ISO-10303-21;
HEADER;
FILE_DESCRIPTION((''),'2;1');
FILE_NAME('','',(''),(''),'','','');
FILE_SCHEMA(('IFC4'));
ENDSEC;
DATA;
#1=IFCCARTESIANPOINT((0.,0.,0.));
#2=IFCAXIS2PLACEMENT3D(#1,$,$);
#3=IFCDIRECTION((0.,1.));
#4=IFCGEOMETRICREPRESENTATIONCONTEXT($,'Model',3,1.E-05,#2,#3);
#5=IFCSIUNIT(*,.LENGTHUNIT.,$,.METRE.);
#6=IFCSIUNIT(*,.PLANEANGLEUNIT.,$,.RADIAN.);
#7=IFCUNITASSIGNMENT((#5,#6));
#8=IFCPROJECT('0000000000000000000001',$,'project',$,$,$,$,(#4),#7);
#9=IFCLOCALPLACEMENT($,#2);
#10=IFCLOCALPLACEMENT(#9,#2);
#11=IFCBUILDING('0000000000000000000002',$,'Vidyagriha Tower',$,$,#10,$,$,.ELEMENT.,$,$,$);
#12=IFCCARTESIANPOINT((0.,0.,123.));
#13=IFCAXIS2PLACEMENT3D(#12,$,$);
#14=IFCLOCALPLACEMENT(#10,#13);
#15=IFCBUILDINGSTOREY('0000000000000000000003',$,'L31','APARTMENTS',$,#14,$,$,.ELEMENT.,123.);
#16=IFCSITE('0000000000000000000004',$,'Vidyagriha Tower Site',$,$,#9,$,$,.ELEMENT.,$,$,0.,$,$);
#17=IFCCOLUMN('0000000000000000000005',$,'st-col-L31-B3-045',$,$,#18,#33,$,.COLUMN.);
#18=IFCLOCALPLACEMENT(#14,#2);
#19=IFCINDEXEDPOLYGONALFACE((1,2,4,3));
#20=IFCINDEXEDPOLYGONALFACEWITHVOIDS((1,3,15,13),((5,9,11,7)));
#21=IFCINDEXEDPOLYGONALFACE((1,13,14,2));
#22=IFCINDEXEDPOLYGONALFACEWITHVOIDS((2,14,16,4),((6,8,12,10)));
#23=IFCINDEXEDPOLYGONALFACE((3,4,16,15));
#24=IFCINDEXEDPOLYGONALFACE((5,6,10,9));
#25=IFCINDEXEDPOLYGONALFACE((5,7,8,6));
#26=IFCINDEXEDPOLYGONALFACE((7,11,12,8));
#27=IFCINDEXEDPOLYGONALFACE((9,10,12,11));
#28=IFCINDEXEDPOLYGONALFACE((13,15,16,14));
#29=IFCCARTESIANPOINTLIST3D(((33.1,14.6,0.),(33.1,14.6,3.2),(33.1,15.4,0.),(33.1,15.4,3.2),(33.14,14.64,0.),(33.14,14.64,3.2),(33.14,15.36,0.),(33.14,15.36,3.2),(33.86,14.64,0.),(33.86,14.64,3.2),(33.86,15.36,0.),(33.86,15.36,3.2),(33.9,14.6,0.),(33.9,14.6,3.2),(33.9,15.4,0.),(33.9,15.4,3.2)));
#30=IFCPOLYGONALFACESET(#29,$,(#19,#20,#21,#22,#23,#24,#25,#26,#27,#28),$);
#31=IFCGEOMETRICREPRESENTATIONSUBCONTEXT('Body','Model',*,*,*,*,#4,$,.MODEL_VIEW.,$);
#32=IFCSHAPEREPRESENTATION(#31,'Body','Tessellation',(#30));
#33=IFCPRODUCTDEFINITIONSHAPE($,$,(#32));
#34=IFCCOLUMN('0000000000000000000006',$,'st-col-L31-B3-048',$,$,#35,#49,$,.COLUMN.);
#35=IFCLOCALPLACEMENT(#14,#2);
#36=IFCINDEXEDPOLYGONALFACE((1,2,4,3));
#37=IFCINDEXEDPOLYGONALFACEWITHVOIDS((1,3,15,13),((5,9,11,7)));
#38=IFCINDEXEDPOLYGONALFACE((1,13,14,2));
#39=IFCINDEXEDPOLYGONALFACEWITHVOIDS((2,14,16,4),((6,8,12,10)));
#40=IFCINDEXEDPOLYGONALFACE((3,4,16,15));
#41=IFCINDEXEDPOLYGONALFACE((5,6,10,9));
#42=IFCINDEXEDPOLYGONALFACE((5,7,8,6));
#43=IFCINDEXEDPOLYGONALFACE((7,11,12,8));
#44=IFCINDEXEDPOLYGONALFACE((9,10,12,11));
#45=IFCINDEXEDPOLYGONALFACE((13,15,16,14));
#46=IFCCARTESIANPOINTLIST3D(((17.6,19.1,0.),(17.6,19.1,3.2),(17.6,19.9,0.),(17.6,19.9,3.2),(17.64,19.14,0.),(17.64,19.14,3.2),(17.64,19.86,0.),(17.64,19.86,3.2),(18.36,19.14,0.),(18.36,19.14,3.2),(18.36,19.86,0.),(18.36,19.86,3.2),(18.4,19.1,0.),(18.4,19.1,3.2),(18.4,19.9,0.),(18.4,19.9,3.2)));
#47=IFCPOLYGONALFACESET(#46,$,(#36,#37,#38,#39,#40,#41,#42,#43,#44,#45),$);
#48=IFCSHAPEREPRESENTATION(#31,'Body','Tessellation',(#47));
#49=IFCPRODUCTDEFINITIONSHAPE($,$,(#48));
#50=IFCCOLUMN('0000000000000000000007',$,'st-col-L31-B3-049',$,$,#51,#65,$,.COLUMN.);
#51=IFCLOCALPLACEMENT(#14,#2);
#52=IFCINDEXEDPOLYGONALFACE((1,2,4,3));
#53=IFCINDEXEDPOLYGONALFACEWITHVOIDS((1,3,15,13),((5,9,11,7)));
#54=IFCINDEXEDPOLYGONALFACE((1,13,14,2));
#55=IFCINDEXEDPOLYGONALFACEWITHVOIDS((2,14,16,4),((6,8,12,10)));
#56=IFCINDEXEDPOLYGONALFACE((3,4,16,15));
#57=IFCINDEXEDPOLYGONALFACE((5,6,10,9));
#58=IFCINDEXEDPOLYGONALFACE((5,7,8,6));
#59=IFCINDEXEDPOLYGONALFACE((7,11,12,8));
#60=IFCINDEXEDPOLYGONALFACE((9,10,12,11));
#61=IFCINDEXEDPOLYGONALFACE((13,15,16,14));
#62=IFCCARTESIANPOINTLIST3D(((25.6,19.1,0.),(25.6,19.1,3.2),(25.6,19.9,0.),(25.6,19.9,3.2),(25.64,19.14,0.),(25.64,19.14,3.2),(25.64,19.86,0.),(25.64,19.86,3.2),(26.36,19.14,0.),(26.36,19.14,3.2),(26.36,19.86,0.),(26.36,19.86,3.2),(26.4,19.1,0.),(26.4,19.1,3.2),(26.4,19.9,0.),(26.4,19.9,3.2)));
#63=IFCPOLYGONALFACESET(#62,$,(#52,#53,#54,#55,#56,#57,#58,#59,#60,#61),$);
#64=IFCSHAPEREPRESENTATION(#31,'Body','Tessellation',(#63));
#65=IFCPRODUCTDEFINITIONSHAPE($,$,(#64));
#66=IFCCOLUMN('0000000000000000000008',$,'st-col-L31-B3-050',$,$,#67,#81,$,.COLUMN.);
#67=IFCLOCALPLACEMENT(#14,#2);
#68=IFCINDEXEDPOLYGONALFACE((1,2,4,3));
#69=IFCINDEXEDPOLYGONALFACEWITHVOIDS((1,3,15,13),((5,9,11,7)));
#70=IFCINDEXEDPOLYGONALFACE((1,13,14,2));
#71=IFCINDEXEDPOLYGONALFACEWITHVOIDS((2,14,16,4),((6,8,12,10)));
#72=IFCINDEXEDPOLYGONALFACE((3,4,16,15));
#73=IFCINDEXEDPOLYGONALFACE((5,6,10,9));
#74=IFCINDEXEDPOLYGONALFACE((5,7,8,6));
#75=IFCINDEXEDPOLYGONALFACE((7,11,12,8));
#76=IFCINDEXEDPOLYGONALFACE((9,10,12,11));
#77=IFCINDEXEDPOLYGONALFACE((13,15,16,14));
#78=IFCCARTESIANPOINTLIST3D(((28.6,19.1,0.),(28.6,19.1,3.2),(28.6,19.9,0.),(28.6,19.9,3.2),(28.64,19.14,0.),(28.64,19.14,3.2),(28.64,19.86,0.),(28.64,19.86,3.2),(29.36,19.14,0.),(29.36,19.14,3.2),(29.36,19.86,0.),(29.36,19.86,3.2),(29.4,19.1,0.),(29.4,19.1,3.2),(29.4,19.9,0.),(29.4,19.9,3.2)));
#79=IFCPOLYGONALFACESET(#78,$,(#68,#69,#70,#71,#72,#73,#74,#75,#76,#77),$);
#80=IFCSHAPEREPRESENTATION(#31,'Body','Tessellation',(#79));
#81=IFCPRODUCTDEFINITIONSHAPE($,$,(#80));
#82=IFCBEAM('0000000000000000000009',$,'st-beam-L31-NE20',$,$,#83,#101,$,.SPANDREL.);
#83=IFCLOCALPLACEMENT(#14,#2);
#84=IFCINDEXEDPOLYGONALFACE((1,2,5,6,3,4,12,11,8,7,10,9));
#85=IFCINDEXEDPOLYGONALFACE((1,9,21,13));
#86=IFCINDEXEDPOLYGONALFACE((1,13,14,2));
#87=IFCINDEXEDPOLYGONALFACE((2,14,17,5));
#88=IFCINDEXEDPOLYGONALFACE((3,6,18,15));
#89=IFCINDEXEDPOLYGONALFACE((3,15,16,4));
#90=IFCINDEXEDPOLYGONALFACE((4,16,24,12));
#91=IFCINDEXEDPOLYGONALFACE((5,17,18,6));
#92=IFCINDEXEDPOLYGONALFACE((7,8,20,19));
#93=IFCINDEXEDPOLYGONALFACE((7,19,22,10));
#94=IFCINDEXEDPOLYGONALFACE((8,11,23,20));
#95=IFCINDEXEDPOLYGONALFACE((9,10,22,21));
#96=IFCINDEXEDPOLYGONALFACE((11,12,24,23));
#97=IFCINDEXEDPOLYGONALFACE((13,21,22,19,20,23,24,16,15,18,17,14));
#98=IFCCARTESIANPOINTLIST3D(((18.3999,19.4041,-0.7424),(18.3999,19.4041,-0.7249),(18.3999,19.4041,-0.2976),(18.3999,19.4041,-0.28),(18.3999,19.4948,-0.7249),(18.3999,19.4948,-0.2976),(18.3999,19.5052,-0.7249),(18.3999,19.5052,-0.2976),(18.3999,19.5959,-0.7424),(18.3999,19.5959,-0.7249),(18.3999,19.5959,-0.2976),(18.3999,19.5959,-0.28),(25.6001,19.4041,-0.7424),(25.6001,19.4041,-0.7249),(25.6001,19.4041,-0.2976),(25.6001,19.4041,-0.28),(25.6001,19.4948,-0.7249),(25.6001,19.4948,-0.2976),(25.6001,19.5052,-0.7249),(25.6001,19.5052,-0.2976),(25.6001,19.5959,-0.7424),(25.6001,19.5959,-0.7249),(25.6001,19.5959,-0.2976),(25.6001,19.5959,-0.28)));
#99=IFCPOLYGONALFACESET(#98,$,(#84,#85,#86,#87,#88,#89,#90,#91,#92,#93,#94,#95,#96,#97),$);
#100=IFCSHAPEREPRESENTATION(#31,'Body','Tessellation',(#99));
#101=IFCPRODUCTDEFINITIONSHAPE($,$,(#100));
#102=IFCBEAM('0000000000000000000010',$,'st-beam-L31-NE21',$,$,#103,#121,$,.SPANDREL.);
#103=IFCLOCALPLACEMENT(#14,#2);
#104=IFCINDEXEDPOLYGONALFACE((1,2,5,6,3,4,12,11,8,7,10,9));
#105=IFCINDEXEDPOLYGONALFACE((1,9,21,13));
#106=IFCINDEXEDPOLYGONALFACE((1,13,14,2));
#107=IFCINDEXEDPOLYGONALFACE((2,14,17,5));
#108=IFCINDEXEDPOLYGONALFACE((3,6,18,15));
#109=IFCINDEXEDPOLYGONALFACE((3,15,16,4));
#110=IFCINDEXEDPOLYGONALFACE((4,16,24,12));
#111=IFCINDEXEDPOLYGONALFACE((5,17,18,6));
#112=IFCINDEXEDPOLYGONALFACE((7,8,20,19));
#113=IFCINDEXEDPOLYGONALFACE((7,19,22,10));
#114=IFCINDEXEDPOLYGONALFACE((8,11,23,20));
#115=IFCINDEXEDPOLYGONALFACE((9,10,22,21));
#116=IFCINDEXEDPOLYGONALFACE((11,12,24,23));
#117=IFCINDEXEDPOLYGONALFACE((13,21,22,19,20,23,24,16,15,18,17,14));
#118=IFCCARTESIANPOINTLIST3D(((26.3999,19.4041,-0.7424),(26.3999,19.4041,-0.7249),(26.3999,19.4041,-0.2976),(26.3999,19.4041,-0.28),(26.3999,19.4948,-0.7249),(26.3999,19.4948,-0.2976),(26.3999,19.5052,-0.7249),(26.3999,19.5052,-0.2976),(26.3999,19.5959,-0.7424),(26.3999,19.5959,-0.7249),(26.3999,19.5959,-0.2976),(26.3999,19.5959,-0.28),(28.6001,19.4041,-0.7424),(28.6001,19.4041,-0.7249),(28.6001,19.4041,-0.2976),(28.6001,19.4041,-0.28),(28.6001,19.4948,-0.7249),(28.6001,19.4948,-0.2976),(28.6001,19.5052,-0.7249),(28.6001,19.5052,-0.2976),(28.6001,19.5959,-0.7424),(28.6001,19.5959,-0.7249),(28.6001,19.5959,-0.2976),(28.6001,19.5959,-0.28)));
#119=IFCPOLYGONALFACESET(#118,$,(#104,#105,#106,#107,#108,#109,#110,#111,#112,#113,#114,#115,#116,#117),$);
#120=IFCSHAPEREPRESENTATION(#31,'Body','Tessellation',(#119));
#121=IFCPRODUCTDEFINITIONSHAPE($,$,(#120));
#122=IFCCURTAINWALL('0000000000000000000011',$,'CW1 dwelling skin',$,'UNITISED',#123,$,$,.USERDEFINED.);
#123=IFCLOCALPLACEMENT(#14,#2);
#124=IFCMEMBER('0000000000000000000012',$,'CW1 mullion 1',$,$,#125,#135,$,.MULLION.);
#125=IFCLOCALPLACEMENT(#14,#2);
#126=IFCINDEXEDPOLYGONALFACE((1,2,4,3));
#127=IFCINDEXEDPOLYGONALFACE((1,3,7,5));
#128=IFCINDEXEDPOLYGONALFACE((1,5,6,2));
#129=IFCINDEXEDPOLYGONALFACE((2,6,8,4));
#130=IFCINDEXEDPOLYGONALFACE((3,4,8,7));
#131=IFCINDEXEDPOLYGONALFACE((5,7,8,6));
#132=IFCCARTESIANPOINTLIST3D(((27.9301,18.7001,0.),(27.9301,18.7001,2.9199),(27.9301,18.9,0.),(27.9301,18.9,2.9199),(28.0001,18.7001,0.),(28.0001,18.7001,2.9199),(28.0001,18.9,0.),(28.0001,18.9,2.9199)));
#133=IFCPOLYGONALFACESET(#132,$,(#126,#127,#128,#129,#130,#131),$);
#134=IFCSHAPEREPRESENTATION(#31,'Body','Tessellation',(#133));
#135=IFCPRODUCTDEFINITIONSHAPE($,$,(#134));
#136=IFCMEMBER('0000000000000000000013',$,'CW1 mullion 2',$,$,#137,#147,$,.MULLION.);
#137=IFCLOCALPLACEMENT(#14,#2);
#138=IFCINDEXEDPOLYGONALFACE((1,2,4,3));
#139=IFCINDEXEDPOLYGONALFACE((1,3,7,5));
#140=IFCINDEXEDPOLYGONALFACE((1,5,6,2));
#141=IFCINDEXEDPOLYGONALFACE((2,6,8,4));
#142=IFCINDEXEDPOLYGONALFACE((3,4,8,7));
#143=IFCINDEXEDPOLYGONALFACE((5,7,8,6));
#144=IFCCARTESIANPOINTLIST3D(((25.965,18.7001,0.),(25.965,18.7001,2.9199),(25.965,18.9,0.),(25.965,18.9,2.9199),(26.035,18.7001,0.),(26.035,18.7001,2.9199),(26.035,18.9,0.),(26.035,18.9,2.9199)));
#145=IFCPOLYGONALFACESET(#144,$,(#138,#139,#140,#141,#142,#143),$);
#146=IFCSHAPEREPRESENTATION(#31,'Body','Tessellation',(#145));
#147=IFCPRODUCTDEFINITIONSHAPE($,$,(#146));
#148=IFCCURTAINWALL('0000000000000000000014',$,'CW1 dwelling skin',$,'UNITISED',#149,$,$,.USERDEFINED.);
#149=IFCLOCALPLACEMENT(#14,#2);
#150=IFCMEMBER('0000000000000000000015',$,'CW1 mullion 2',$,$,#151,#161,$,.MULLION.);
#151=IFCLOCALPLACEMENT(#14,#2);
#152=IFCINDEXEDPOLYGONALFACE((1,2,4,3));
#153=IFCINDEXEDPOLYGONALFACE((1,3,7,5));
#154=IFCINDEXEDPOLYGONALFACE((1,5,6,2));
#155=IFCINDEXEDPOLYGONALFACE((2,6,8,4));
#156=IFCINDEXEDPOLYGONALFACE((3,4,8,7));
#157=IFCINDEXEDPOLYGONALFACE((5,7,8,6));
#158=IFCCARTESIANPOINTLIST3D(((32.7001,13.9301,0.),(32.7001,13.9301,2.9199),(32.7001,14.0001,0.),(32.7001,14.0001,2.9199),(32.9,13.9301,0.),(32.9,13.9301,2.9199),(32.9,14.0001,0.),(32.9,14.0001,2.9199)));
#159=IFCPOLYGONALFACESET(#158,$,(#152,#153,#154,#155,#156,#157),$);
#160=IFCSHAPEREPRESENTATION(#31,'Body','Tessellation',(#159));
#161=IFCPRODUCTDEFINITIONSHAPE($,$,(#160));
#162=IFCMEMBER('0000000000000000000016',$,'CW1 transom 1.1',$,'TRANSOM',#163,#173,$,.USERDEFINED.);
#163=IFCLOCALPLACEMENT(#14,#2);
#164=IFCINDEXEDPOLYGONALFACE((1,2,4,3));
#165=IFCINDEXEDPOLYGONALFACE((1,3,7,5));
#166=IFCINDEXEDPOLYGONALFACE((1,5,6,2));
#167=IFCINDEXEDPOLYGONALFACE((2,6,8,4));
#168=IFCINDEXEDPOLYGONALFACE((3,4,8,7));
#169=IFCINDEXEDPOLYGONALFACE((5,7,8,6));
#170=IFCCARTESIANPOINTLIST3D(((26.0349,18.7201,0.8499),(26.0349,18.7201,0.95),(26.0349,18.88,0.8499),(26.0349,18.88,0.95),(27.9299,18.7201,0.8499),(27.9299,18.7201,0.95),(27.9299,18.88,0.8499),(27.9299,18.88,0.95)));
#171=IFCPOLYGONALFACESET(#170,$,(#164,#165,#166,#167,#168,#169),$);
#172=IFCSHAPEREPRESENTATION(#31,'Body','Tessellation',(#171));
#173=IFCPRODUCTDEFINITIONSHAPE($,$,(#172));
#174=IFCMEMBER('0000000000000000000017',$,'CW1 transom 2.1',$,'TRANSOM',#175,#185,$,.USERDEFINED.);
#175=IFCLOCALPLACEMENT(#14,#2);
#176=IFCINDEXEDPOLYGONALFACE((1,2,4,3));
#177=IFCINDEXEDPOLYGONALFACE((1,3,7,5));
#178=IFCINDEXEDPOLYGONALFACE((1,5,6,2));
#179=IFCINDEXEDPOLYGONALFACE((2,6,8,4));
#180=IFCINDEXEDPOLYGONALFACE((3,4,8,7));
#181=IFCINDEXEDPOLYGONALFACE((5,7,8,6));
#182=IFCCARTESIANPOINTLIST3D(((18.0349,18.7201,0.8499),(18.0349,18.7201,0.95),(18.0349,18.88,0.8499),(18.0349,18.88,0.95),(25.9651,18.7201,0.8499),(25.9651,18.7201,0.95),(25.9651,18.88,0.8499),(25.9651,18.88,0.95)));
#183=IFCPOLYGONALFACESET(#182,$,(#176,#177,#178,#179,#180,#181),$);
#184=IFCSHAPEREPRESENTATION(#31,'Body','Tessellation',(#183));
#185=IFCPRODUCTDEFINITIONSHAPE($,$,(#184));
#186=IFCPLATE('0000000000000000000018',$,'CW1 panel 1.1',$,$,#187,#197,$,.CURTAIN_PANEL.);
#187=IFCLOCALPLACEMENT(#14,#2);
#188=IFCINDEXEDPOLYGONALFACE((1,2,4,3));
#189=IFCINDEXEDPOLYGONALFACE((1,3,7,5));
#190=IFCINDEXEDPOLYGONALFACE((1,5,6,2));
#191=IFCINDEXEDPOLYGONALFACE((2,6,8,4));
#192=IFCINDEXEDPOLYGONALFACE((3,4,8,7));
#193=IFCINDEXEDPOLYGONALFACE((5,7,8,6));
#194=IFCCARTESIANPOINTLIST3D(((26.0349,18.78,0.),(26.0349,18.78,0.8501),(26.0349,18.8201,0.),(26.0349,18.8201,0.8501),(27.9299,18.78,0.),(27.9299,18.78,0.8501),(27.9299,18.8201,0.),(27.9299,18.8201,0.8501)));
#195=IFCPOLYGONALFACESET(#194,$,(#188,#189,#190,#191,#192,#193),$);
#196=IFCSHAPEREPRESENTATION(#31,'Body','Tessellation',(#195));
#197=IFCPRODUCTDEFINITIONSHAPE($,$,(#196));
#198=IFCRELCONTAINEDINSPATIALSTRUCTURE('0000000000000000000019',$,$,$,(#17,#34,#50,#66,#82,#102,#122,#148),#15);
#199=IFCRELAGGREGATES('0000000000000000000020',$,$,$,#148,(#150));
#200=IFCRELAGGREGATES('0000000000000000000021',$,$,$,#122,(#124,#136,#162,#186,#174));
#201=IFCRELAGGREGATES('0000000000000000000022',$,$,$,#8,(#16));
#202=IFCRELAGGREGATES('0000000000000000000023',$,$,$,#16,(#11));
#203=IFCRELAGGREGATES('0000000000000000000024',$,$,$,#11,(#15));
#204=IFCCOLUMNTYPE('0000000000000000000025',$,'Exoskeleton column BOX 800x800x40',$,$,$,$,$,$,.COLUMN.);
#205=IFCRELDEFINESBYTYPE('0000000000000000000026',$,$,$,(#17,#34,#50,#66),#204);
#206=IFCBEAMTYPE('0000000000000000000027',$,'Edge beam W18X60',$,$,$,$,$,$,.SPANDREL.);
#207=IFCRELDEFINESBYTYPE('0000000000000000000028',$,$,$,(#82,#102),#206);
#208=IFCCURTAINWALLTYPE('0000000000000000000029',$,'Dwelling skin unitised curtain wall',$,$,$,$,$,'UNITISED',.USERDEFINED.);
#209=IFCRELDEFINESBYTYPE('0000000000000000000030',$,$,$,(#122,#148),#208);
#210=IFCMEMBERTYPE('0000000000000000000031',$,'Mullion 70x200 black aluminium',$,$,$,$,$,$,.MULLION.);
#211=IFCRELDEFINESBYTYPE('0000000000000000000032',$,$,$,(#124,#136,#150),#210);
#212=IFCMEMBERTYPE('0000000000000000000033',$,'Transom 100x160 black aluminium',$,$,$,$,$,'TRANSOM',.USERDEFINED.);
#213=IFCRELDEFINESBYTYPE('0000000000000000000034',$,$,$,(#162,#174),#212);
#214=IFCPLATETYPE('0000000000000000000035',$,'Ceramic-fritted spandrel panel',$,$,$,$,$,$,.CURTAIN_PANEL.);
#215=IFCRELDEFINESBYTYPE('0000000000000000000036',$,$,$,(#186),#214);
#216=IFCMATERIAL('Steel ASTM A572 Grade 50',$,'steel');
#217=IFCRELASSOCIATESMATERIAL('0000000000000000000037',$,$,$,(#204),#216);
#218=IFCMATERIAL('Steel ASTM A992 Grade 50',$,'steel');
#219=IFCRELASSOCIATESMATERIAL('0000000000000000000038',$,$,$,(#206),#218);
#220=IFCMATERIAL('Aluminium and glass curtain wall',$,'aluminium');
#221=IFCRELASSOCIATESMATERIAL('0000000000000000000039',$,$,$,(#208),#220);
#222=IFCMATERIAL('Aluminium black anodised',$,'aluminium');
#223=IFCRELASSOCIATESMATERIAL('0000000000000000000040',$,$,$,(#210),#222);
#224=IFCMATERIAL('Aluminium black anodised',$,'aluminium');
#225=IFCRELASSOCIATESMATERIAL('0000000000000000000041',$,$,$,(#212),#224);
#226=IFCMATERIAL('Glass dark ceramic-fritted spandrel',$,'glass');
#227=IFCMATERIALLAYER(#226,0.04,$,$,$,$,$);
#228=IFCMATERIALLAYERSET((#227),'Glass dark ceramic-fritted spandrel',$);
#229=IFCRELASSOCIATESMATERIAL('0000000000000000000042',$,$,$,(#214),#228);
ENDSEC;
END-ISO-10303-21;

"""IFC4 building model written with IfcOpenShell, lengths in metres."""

from ifc_helpers import new_model, si_unit, direction, frame, origin, origin_2d, place, context, subcontext, project, spatial, rectangle, hollow_rectangle, i_section, extrude, material, layer, layer_set, material_profile, profile_set, type_object, element, aggregate, save


model = new_model("IFC4")

# Units and contexts
model_context = context("Model", 3, precision=1e-05, world=origin(), true_north=direction((0.0, 1.0)))
body_context = subcontext(model_context, "Body", "Model", "MODEL_VIEW")
ifc_project = project(units=[si_unit("LENGTHUNIT", "METRE"), si_unit("PLANEANGLEUNIT", "RADIAN")], contexts=[model_context])

# Site, building, storey
site_placement = place(None, origin())
site = spatial("IfcSite", under=ifc_project, at=site_placement, Name="Vidyagriha Tower Site", CompositionType="ELEMENT", RefElevation=0.0)
building_placement = place(site_placement, origin())
building = spatial("IfcBuilding", under=site, at=building_placement, Name="Vidyagriha Tower", CompositionType="ELEMENT")
storey_placement = place(building_placement, frame((0.0, 0.0, 123.0)))
storey = spatial("IfcBuildingStorey", under=building, at=storey_placement, Name="L31", Description="APARTMENTS", CompositionType="ELEMENT", Elevation=123.0)

# Columns
ifc_material_1 = material(Name="Steel ASTM A572 Grade 50", Category="steel")
ifc_material_profile_1 = material_profile(ifc_material_1, hollow_rectangle(XDim=0.8, YDim=0.8, WallThickness=0.04, at=origin_2d()), Name="BOX 800x800x40")
ifc_profile_set_1 = profile_set([ifc_material_profile_1], Name="Steel ASTM A572 Grade 50")
column_type = type_object("IfcColumnType", Name="Exoskeleton column BOX 800x800x40", PredefinedType="COLUMN", material=ifc_profile_set_1)
for number, where, name in (
    (1, (33.5, 15.0, 0.0), "st-col-L31-B3-045"),
    (2, (18.0, 19.5, 0.0), "st-col-L31-B3-048"),
    (3, (26.0, 19.5, 0.0), "st-col-L31-B3-049"),
    (4, (29.0, 19.5, 0.0), "st-col-L31-B3-050"),
):
    element("IfcColumn", number, at=place(storey_placement, frame(where)), inside=storey, type_object=column_type, Name=name, PredefinedType="COLUMN", context=body_context, shape_type="SweptSolid", body=[
        extrude(hollow_rectangle(XDim=0.8, YDim=0.8, WallThickness=0.04, at=origin_2d()), origin(), (0.0, 0.0, 1.0), 3.2),
    ])

# Beams
ifc_material_2 = material(Name="Steel ASTM A992 Grade 50", Category="steel")
ifc_material_profile_2 = material_profile(ifc_material_2, i_section(OverallWidth=0.1919, OverallDepth=0.4624, WebThickness=0.0105, FlangeThickness=0.0176, at=origin_2d()), Name="W18X60")
ifc_profile_set_2 = profile_set([ifc_material_profile_2], Name="Steel ASTM A992 Grade 50")
beam_type = type_object("IfcBeamType", Name="Edge beam W18X60", PredefinedType="SPANDREL", material=ifc_profile_set_2)
beam_1_placement = place(storey_placement, frame((18.3999, 19.5, -0.5112), z_axis=(1.0, 0.0, 0.0), x_axis=(0.0, 1.0, 0.0)))
element("IfcBeam", 5, at=beam_1_placement, inside=storey, type_object=beam_type, Name="st-beam-L31-NE20", PredefinedType="SPANDREL", context=body_context, shape_type="SweptSolid", body=[
    extrude(i_section(OverallWidth=0.1919, OverallDepth=0.4624, WebThickness=0.0105, FlangeThickness=0.0176, at=origin_2d()), origin(), (0.0, 0.0, 1.0), 7.2002),
])
beam_2_placement = place(storey_placement, frame((26.3999, 19.5, -0.5112), z_axis=(1.0, 0.0, 0.0), x_axis=(0.0, 1.0, 0.0)))
element("IfcBeam", 6, at=beam_2_placement, inside=storey, type_object=beam_type, Name="st-beam-L31-NE21", PredefinedType="SPANDREL", context=body_context, shape_type="SweptSolid", body=[
    extrude(i_section(OverallWidth=0.1919, OverallDepth=0.4624, WebThickness=0.0105, FlangeThickness=0.0176, at=origin_2d()), origin(), (0.0, 0.0, 1.0), 2.2002),
])

# Curtain wall, members
ifc_material_3 = material(Name="Aluminium and glass curtain wall", Category="aluminium")
curtain_wall_type = type_object("IfcCurtainWallType", Name="Dwelling skin unitised curtain wall", ElementType="UNITISED", PredefinedType="USERDEFINED", material=ifc_material_3)
curtain_wall_1_placement = place(storey_placement, origin())
curtain_wall_1 = element("IfcCurtainWall", 7, at=curtain_wall_1_placement, inside=storey, type_object=curtain_wall_type, Name="CW1 dwelling skin", ObjectType="UNITISED", PredefinedType="USERDEFINED")
ifc_material_4 = material(Name="Aluminium black anodised", Category="aluminium")
ifc_material_profile_3 = material_profile(ifc_material_4, rectangle(XDim=0.2, YDim=0.0701, at=origin_2d()), Name="Mullion 70x200 black aluminium")
ifc_profile_set_3 = profile_set([ifc_material_profile_3], Name="Aluminium black anodised")
member_type_1 = type_object("IfcMemberType", Name="Mullion 70x200 black aluminium", PredefinedType="MULLION", material=ifc_profile_set_3)
member_1_placement = place(storey_placement, frame((27.9651, 18.8, 0.0), z_axis=(0.0, 0.0, 1.0), x_axis=(0.0, -1.0, 0.0)))
member_1 = element("IfcMember", 8, at=member_1_placement, type_object=member_type_1, Name="CW1 mullion 1", PredefinedType="MULLION", context=body_context, shape_type="SweptSolid", body=[
    extrude(rectangle(XDim=0.2, YDim=0.0701, at=origin_2d()), origin(), (0.0, 0.0, 1.0), 2.9199),
])
member_2_placement = place(storey_placement, frame((26.0, 18.8, 0.0), z_axis=(0.0, 0.0, 1.0), x_axis=(0.0, -1.0, 0.0)))
member_2 = element("IfcMember", 9, at=member_2_placement, type_object=member_type_1, Name="CW1 mullion 2", PredefinedType="MULLION", context=body_context, shape_type="SweptSolid", body=[
    extrude(rectangle(XDim=0.2, YDim=0.0701, at=origin_2d()), origin(), (0.0, 0.0, 1.0), 2.9199),
])

# Curtain wall, member
curtain_wall_2_placement = place(storey_placement, origin())
curtain_wall_2 = element("IfcCurtainWall", 10, at=curtain_wall_2_placement, inside=storey, type_object=curtain_wall_type, Name="CW1 dwelling skin", ObjectType="UNITISED", PredefinedType="USERDEFINED")
member_3_placement = place(storey_placement, frame((32.8, 13.9651, 0.0), z_axis=(0.0, 0.0, 1.0), x_axis=(-1.0, 0.0, 0.0)))
member_3 = element("IfcMember", 11, at=member_3_placement, type_object=member_type_1, Name="CW1 mullion 2", PredefinedType="MULLION", context=body_context, shape_type="SweptSolid", body=[
    extrude(rectangle(XDim=0.2, YDim=0.0701, at=origin_2d()), origin(), (0.0, 0.0, 1.0), 2.9199),
])
aggregate(curtain_wall_2, [member_3])

# Members
ifc_material_5 = material(Name="Aluminium black anodised", Category="aluminium")
ifc_material_profile_4 = material_profile(ifc_material_5, rectangle(XDim=0.1599, YDim=0.1001, at=origin_2d()), Name="Transom 100x160 black aluminium")
ifc_profile_set_4 = profile_set([ifc_material_profile_4], Name="Aluminium black anodised")
member_type_2 = type_object("IfcMemberType", Name="Transom 100x160 black aluminium", ElementType="TRANSOM", PredefinedType="USERDEFINED", material=ifc_profile_set_4)
member_4_placement = place(storey_placement, frame((27.9299, 18.8, 0.8999), z_axis=(-1.0, 0.0, 0.0), x_axis=(0.0, -1.0, 0.0)))
member_4 = element("IfcMember", 12, at=member_4_placement, type_object=member_type_2, Name="CW1 transom 1.1", ObjectType="TRANSOM", PredefinedType="USERDEFINED", context=body_context, shape_type="SweptSolid", body=[
    extrude(rectangle(XDim=0.1599, YDim=0.1001, at=origin_2d()), origin(), (0.0, 0.0, 1.0), 1.895),
])
member_5_placement = place(storey_placement, frame((25.9651, 18.8, 0.8999), z_axis=(-1.0, 0.0, 0.0), x_axis=(0.0, -1.0, 0.0)))
member_5 = element("IfcMember", 13, at=member_5_placement, type_object=member_type_2, Name="CW1 transom 2.1", ObjectType="TRANSOM", PredefinedType="USERDEFINED", context=body_context, shape_type="SweptSolid", body=[
    extrude(rectangle(XDim=0.1599, YDim=0.1001, at=origin_2d()), origin(), (0.0, 0.0, 1.0), 7.9302),
])

# Plate
ifc_material_6 = material(Name="Glass dark ceramic-fritted spandrel", Category="glass")
ifc_layer_1 = layer(ifc_material_6, 0.04)
ifc_layer_set_1 = layer_set([ifc_layer_1], Name="Glass dark ceramic-fritted spandrel")
plate_type_1 = type_object("IfcPlateType", Name="Ceramic-fritted spandrel panel", PredefinedType="CURTAIN_PANEL", material=ifc_layer_set_1)
plate_1_placement = place(storey_placement, frame((26.9824, 18.8, 0.0), z_axis=(0.0, 0.0, 1.0), x_axis=(-1.0, 0.0, 0.0)))
plate_1 = element("IfcPlate", 14, at=plate_1_placement, type_object=plate_type_1, Name="CW1 panel 1.1", PredefinedType="CURTAIN_PANEL", context=body_context, shape_type="SweptSolid", body=[
    extrude(rectangle(XDim=1.895, YDim=0.04, at=origin_2d()), origin(), (0.0, 0.0, 1.0), 0.8501),
])
aggregate(curtain_wall_1, [member_1, member_2, member_4, plate_1, member_5])

save(model, "model.ifc")
